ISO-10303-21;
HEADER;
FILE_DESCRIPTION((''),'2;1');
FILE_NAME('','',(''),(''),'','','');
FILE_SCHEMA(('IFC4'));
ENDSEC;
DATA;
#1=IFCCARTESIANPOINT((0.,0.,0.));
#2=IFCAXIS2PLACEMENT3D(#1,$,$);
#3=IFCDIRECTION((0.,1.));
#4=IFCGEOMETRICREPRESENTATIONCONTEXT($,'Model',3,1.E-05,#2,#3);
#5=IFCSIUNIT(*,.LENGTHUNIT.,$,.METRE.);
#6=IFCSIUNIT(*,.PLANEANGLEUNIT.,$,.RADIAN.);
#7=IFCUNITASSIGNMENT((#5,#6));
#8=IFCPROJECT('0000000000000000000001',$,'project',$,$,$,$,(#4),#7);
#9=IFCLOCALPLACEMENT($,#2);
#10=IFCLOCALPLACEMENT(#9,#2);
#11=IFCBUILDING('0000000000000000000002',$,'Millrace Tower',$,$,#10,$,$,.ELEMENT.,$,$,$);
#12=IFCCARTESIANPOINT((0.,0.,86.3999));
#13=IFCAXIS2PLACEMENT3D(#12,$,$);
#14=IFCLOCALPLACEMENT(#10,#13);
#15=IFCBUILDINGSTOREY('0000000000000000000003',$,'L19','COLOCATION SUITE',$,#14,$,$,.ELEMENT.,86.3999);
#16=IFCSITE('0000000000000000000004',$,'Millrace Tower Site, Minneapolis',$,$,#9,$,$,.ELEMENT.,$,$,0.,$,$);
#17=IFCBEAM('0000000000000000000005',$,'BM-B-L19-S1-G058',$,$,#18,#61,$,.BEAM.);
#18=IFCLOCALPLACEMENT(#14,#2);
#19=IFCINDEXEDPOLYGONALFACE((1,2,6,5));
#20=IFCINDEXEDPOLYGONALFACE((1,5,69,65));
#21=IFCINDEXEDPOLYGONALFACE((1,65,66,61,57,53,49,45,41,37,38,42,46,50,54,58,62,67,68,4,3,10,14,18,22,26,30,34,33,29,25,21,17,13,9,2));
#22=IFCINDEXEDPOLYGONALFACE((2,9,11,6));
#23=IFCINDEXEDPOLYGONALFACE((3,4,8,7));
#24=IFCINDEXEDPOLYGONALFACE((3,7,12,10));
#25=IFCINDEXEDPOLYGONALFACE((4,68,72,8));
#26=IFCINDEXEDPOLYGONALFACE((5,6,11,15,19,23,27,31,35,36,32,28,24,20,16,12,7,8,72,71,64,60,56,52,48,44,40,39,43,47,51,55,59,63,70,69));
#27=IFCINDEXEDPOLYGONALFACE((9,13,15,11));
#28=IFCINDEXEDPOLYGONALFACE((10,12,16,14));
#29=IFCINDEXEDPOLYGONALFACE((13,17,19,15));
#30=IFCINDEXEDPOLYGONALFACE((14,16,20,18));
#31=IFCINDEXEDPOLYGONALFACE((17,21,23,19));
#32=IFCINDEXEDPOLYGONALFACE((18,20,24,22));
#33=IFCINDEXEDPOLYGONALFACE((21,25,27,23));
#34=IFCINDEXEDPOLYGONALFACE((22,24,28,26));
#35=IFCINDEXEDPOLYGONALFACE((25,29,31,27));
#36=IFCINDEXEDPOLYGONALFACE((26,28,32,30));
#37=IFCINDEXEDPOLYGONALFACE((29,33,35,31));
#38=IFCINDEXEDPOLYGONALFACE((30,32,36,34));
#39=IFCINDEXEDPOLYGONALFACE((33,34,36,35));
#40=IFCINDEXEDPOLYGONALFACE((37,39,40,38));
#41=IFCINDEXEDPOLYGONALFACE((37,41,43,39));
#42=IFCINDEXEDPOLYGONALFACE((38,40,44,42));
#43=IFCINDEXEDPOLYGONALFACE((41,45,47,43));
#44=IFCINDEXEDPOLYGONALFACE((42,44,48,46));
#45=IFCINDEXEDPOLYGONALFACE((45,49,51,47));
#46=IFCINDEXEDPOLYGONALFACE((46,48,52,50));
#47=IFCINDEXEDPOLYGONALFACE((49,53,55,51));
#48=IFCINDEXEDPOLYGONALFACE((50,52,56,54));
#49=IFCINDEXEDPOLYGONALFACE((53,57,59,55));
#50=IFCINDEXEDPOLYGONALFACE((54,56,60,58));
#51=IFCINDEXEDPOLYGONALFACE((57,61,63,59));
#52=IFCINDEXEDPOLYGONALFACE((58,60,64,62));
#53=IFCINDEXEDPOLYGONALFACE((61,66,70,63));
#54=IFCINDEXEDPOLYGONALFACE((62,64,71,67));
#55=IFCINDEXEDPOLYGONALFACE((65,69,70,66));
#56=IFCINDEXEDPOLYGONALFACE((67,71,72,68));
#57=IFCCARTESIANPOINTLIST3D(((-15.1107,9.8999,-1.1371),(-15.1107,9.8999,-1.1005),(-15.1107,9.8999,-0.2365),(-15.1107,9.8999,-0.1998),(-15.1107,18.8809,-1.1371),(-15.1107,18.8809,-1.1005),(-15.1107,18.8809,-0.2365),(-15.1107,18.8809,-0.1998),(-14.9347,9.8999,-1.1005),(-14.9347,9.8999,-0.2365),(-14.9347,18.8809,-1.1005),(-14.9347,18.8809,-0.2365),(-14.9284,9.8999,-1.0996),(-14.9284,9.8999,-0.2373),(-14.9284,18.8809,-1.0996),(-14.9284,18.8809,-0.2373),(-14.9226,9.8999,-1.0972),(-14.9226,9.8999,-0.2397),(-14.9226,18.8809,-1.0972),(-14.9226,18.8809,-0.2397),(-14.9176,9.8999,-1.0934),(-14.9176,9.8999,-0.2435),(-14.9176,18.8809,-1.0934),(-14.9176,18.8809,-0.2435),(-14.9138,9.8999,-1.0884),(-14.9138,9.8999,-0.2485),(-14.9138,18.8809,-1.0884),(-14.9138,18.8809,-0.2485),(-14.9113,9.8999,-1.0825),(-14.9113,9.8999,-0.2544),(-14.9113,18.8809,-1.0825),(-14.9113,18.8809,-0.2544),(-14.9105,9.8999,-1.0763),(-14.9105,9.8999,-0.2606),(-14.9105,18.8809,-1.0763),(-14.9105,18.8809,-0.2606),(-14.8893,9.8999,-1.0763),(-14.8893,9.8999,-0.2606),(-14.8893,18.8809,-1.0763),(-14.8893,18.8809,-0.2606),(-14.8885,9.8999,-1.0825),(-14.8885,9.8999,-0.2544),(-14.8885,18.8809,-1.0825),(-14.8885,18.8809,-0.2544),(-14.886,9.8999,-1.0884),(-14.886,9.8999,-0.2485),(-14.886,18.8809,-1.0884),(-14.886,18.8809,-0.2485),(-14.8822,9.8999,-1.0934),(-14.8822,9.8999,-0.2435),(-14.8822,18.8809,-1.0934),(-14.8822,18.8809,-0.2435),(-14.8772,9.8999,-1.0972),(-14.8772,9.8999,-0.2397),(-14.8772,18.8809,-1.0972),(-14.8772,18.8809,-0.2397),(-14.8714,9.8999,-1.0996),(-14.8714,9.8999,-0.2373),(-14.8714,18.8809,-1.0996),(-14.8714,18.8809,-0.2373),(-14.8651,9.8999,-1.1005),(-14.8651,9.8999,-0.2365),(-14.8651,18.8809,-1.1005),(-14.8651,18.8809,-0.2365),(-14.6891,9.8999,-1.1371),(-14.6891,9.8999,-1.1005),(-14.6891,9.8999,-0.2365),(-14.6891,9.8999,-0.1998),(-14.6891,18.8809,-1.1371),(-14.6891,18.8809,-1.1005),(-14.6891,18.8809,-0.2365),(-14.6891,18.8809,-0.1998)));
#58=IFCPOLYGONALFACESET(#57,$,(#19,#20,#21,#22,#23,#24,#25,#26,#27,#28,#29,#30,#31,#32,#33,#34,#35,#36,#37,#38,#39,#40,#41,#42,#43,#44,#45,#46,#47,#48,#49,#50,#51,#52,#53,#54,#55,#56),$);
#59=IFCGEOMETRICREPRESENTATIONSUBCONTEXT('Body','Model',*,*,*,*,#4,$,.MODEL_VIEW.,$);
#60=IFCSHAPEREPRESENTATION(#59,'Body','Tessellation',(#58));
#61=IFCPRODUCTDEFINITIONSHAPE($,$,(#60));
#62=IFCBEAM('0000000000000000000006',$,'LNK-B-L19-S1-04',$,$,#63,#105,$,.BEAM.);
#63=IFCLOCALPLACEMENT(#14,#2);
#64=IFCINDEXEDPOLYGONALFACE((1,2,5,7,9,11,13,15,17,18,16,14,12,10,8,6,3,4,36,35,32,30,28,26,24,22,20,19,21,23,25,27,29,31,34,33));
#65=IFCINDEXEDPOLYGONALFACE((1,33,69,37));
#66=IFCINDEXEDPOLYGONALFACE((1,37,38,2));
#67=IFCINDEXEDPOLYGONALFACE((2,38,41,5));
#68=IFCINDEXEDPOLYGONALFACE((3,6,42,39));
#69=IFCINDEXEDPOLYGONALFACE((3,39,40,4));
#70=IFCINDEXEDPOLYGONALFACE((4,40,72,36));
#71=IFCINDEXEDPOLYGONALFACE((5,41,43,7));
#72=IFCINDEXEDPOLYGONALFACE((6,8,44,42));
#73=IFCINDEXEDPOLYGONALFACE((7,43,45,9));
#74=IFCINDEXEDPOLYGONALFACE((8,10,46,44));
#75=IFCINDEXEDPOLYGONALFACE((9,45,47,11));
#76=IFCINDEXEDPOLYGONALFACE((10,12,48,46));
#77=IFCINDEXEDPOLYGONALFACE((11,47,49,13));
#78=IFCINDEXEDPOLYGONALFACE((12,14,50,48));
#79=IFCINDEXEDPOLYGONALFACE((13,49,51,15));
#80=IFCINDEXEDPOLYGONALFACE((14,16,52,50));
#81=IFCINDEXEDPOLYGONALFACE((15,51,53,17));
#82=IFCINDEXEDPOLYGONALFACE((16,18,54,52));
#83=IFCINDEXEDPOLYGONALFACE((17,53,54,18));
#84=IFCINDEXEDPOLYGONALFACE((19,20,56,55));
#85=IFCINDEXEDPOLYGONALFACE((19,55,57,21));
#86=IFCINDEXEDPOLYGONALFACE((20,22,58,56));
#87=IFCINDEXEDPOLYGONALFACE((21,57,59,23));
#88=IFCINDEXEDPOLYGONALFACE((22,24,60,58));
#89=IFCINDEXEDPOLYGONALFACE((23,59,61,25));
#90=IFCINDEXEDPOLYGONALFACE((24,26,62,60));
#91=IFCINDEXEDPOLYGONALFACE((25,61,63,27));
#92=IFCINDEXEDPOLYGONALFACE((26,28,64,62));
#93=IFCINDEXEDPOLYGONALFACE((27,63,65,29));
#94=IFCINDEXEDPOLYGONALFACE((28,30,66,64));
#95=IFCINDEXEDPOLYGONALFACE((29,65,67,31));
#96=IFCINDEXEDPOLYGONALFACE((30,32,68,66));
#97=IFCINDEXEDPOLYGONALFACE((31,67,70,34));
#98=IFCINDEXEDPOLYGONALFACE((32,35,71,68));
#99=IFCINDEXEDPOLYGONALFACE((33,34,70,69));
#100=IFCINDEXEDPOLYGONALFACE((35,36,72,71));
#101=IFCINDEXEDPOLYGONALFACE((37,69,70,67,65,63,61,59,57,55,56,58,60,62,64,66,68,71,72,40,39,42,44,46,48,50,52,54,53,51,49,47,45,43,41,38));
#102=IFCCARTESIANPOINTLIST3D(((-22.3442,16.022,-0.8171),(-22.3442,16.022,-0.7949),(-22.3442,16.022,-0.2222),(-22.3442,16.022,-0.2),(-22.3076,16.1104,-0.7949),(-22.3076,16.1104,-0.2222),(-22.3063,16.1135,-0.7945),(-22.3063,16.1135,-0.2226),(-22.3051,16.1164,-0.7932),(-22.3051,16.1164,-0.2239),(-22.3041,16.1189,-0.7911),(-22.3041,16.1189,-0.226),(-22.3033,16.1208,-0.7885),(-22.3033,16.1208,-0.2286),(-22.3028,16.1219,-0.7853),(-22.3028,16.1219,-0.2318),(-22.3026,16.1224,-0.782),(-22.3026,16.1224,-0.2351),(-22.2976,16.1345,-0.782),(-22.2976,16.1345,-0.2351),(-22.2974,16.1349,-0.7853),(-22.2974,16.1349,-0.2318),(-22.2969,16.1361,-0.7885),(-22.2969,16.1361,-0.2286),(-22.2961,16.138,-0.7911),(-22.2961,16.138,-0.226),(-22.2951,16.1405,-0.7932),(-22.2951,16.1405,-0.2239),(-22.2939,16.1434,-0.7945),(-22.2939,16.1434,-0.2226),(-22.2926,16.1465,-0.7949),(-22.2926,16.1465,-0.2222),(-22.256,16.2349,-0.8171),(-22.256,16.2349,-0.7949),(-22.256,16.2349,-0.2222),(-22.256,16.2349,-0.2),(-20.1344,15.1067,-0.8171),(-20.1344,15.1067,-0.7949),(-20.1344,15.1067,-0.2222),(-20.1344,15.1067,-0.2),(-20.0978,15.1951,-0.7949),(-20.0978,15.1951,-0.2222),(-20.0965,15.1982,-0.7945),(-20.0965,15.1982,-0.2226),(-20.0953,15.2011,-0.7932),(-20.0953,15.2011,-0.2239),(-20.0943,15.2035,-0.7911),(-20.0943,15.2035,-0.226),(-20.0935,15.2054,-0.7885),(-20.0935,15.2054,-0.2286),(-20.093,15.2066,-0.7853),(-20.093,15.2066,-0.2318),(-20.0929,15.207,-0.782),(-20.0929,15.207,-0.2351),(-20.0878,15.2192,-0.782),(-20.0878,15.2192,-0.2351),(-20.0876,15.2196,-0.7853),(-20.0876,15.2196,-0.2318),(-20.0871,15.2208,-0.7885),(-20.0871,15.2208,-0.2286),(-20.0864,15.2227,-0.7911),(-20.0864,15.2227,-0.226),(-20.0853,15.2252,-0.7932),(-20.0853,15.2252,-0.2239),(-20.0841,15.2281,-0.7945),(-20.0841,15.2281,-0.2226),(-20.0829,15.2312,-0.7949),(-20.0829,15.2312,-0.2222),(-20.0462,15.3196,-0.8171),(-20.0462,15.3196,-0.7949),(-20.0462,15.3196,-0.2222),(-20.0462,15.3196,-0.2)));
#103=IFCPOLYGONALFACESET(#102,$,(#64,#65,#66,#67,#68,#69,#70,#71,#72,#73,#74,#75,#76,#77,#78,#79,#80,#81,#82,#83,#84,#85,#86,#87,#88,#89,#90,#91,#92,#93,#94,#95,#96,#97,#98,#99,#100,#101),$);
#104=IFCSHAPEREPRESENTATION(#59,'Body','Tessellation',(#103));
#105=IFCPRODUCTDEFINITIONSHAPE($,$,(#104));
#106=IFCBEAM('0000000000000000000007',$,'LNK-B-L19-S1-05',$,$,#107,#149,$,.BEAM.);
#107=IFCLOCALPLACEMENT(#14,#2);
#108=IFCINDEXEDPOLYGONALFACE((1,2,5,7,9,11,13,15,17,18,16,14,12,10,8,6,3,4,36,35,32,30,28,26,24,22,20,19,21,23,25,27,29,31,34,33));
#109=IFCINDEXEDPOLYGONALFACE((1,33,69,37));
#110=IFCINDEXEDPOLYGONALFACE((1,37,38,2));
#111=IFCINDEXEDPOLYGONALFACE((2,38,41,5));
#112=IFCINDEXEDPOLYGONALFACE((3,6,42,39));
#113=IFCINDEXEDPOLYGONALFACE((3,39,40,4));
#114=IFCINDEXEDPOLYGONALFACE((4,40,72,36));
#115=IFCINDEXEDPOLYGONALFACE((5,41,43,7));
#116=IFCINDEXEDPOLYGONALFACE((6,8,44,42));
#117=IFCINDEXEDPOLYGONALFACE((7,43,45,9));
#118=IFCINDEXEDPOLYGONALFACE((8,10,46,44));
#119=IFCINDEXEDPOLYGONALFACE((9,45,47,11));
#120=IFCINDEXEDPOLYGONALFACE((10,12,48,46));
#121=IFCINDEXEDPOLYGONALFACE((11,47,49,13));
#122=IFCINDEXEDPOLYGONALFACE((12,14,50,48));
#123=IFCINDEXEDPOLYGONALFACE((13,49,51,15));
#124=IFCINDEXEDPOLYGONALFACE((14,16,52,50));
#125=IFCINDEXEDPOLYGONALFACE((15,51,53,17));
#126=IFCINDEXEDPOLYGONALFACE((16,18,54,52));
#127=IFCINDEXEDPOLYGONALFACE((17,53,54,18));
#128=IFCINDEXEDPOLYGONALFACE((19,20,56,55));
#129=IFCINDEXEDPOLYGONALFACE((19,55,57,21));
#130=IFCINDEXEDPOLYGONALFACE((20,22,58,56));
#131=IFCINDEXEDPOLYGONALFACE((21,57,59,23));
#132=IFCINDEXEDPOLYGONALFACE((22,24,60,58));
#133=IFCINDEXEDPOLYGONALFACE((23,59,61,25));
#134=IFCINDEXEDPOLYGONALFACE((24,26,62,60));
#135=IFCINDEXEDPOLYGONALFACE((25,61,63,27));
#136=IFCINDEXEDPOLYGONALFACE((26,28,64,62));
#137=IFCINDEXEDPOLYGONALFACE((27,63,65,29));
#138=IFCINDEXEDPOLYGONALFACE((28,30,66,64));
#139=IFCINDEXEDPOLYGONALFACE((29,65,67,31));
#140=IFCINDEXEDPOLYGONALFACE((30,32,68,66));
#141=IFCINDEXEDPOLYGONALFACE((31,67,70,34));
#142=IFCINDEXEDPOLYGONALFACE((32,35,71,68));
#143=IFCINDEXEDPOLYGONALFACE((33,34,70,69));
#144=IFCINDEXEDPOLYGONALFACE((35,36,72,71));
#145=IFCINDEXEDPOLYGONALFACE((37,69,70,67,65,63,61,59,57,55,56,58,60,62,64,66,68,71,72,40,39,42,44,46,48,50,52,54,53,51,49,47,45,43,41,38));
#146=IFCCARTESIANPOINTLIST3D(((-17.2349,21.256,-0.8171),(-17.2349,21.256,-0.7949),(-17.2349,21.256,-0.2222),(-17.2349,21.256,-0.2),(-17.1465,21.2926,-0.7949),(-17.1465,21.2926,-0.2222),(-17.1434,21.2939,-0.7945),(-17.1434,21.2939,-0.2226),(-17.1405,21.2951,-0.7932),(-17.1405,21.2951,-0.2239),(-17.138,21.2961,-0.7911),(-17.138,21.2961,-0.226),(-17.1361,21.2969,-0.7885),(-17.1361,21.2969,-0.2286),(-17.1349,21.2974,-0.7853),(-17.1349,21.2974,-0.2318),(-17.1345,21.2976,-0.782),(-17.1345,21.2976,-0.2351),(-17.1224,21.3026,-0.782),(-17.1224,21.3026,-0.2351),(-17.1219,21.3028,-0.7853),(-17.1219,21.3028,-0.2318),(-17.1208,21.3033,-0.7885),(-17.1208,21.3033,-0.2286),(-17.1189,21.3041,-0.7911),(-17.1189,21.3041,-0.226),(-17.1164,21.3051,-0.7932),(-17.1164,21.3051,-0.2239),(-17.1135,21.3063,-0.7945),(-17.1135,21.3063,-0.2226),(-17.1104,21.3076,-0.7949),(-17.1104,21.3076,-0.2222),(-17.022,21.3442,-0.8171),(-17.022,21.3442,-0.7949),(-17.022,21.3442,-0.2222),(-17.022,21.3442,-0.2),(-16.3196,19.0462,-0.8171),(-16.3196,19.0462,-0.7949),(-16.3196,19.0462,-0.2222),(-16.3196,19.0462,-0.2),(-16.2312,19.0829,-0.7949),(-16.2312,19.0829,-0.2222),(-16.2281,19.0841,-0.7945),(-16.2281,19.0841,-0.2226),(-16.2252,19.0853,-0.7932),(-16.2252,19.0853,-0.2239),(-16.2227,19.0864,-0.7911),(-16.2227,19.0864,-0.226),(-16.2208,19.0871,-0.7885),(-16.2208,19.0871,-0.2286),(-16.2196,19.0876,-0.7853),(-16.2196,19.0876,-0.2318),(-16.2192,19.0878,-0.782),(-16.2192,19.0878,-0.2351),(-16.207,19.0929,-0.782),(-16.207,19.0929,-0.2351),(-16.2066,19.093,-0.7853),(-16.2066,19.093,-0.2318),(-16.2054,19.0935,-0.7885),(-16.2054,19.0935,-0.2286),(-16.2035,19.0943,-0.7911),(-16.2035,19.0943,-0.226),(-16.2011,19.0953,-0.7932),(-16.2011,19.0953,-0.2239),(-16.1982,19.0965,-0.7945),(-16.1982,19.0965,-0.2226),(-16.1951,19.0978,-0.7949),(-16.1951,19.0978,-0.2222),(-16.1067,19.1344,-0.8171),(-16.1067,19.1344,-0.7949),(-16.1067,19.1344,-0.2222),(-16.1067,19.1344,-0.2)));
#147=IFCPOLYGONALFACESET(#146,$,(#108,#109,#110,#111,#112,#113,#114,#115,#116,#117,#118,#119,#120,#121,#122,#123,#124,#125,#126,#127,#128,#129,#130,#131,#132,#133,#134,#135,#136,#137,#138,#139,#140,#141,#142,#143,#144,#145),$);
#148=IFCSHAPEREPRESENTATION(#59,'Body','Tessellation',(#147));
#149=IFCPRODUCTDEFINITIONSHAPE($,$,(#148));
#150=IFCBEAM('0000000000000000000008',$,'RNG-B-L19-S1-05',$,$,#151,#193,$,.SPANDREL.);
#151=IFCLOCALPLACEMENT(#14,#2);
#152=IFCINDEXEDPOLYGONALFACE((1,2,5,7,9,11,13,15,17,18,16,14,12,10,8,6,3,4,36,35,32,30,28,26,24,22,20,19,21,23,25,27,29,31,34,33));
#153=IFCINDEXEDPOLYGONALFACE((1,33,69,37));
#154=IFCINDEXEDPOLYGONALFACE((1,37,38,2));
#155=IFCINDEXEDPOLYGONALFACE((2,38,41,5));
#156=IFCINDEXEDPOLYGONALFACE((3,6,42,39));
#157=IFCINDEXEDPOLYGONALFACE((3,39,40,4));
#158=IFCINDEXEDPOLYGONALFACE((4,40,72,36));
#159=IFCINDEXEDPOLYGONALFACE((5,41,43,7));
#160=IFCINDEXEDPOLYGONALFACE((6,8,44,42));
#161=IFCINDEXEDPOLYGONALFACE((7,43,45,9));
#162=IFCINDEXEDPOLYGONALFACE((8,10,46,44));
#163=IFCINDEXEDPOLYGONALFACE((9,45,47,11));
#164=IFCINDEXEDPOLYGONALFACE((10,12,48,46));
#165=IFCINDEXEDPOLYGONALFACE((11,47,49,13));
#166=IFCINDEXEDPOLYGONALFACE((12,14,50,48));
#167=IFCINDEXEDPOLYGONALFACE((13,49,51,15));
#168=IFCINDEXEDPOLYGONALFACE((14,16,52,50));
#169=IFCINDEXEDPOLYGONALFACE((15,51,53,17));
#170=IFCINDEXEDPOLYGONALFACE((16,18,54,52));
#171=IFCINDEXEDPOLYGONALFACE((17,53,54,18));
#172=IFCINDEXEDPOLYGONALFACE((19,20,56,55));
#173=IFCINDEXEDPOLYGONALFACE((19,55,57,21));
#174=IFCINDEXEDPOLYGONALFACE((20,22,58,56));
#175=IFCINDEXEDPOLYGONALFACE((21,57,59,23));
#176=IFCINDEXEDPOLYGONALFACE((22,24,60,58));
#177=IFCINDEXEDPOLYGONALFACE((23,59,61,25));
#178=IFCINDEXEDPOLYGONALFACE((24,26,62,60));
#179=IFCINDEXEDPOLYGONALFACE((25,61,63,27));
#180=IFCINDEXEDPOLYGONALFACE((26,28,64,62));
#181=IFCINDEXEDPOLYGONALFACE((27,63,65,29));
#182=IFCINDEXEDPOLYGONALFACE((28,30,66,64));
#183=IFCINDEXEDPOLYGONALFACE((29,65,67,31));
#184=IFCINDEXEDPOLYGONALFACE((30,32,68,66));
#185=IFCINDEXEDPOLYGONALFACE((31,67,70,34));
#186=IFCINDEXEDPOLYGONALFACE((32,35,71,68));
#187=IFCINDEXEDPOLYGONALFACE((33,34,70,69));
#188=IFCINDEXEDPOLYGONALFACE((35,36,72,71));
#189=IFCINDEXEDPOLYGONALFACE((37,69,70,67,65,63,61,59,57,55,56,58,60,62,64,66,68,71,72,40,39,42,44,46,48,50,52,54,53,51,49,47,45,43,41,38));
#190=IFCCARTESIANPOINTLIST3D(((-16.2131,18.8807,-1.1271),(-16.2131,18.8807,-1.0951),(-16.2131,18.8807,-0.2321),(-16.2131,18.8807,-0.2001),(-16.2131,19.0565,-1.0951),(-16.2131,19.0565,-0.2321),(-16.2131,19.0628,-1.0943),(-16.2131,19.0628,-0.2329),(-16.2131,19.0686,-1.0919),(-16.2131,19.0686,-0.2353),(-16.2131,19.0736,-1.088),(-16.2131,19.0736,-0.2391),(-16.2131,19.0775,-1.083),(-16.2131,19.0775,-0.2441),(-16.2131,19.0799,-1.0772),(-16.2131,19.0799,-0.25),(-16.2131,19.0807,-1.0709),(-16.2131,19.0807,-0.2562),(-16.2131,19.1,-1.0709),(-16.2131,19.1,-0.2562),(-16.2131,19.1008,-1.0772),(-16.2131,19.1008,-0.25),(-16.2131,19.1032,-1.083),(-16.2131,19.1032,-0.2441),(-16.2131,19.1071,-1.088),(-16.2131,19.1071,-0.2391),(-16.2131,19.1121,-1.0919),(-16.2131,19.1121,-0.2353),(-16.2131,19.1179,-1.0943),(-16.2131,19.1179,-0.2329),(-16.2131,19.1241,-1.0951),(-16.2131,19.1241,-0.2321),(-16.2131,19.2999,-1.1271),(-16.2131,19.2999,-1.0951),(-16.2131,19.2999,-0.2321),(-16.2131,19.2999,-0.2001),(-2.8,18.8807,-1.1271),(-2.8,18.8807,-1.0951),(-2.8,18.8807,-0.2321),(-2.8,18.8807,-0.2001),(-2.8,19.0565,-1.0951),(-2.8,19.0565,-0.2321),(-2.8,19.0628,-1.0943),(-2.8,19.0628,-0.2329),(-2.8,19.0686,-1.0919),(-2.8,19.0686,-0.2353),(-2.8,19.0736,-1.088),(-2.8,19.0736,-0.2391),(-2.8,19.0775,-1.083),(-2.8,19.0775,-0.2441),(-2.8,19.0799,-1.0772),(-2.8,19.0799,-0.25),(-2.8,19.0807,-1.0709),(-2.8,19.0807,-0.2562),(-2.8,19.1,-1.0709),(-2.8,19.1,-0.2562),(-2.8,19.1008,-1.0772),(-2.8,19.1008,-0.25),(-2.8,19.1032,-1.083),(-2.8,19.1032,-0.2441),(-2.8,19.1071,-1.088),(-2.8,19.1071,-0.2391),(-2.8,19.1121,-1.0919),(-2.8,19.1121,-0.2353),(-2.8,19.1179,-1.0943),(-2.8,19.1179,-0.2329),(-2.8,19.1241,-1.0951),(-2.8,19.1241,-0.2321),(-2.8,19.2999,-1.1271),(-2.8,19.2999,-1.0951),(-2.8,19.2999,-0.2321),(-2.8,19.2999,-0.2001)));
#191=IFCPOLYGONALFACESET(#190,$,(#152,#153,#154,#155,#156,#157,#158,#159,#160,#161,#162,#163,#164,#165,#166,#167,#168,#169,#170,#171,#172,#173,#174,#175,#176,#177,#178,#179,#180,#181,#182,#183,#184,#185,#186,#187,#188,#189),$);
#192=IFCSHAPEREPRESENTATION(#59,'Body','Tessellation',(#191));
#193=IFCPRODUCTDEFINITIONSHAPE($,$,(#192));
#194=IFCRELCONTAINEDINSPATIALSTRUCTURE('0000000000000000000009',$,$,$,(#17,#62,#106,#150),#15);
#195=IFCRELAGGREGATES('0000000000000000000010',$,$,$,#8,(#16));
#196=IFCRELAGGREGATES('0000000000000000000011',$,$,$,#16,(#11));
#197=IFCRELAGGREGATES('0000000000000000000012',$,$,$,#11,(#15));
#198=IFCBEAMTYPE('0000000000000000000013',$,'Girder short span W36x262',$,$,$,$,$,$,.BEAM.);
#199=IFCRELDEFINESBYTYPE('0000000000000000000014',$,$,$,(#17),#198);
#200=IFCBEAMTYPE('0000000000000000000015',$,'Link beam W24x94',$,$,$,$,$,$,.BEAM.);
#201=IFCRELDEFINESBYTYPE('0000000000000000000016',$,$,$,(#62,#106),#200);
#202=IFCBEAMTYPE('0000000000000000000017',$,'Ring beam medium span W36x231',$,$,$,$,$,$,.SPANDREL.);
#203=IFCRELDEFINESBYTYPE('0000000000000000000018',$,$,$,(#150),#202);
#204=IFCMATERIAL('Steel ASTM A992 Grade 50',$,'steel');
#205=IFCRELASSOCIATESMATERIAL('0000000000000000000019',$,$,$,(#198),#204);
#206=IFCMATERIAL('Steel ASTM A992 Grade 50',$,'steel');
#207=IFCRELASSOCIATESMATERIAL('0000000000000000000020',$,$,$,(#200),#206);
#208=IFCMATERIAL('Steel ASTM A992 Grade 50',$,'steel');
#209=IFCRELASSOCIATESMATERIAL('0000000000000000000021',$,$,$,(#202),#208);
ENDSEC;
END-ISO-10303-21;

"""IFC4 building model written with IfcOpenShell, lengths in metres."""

from ifc_helpers import new_model, si_unit, direction, frame, origin, origin_2d, place, context, subcontext, project, spatial, i_section, extrude, material, material_profile, profile_set, type_object, element, save


model = new_model("IFC4")

# Units and contexts
model_context = context("Model", 3, precision=1e-05, world=origin(), true_north=direction((0.0, 1.0)))
body_context = subcontext(model_context, "Body", "Model", "MODEL_VIEW")
ifc_project = project(units=[si_unit("LENGTHUNIT", "METRE"), si_unit("PLANEANGLEUNIT", "RADIAN")], contexts=[model_context])

# Site, building, storey
site_placement = place(None, origin())
site = spatial("IfcSite", under=ifc_project, at=site_placement, Name="Millrace Tower Site, Minneapolis", CompositionType="ELEMENT", RefElevation=0.0)
building_placement = place(site_placement, origin())
building = spatial("IfcBuilding", under=site, at=building_placement, Name="Millrace Tower", CompositionType="ELEMENT")
storey_placement = place(building_placement, frame((0.0, 0.0, 86.3999)))
storey = spatial("IfcBuildingStorey", under=building, at=storey_placement, Name="L19", Description="COLOCATION SUITE", CompositionType="ELEMENT", Elevation=86.3999)

# Beams
ifc_material_1 = material(Name="Steel ASTM A992 Grade 50", Category="steel")
ifc_material_profile_1 = material_profile(ifc_material_1, i_section(OverallWidth=0.4216, OverallDepth=0.9373, WebThickness=0.0212, FlangeThickness=0.0366, FilletRadius=0.0242, at=origin_2d()))
ifc_profile_set_1 = profile_set([ifc_material_profile_1], Name="Steel ASTM A992 Grade 50")
beam_type_1 = type_object("IfcBeamType", Name="Girder short span W36x262", PredefinedType="BEAM", material=ifc_profile_set_1)
beam_1_placement = place(storey_placement, frame((-14.8999, 9.8999, -0.6685), z_axis=(0.0, 1.0, 0.0), x_axis=(-1.0, 0.0, 0.0)))
element("IfcBeam", 1, at=beam_1_placement, inside=storey, type_object=beam_type_1, Name="BM-B-L19-S1-G058", PredefinedType="BEAM", context=body_context, shape_type="SweptSolid", body=[
    extrude(i_section(OverallWidth=0.4216, OverallDepth=0.9373, WebThickness=0.0212, FlangeThickness=0.0366, FilletRadius=0.0242, at=origin_2d()), origin(), (0.0, 0.0, 1.0), 8.981),
])
ifc_material_2 = material(Name="Steel ASTM A992 Grade 50", Category="steel")
ifc_material_profile_2 = material_profile(ifc_material_2, i_section(OverallWidth=0.2305, OverallDepth=0.6172, WebThickness=0.0132, FlangeThickness=0.0222, FilletRadius=0.0129, at=origin_2d()))
ifc_profile_set_2 = profile_set([ifc_material_profile_2], Name="Steel ASTM A992 Grade 50")
beam_type_2 = type_object("IfcBeamType", Name="Link beam W24x94", PredefinedType="BEAM", material=ifc_profile_set_2)
for number, where, z_axis, x_axis, name in (
    (2, (-20.0903, 15.2131, -0.5085), (-0.923881, 0.382679, 0.0), (-0.382679, -0.923881, 0.0), "LNK-B-L19-S1-04"),
    (3, (-16.2131, 19.0903, -0.5085), (-0.382679, 0.923881, 0.0), (-0.923881, -0.382679, 0.0), "LNK-B-L19-S1-05"),
):
    element("IfcBeam", number, at=place(storey_placement, frame(where, z_axis=z_axis, x_axis=x_axis)), inside=storey, type_object=beam_type_2, Name=name, PredefinedType="BEAM", context=body_context, shape_type="SweptSolid", body=[
        extrude(i_section(OverallWidth=0.2305, OverallDepth=0.6172, WebThickness=0.0132, FlangeThickness=0.0222, FilletRadius=0.0129, at=origin_2d()), origin(), (0.0, 0.0, 1.0), 2.3918),
    ])
ifc_material_3 = material(Name="Steel ASTM A992 Grade 50", Category="steel")
ifc_material_profile_3 = material_profile(ifc_material_3, i_section(OverallWidth=0.4192, OverallDepth=0.927, WebThickness=0.0193, FlangeThickness=0.032, FilletRadius=0.0242, at=origin_2d()))
ifc_profile_set_3 = profile_set([ifc_material_profile_3], Name="Steel ASTM A992 Grade 50")
beam_type_3 = type_object("IfcBeamType", Name="Ring beam medium span W36x231", PredefinedType="SPANDREL", material=ifc_profile_set_3)
beam_2_placement = place(storey_placement, frame((-16.2131, 19.0903, -0.6636), z_axis=(1.0, 0.0, 0.0), x_axis=(0.0, 1.0, 0.0)))
element("IfcBeam", 4, at=beam_2_placement, inside=storey, type_object=beam_type_3, Name="RNG-B-L19-S1-05", PredefinedType="SPANDREL", context=body_context, shape_type="SweptSolid", body=[
    extrude(i_section(OverallWidth=0.4192, OverallDepth=0.927, WebThickness=0.0193, FlangeThickness=0.032, FilletRadius=0.0242, at=origin_2d()), origin(), (0.0, 0.0, 1.0), 13.4131),
])

save(model, "model.ifc")
